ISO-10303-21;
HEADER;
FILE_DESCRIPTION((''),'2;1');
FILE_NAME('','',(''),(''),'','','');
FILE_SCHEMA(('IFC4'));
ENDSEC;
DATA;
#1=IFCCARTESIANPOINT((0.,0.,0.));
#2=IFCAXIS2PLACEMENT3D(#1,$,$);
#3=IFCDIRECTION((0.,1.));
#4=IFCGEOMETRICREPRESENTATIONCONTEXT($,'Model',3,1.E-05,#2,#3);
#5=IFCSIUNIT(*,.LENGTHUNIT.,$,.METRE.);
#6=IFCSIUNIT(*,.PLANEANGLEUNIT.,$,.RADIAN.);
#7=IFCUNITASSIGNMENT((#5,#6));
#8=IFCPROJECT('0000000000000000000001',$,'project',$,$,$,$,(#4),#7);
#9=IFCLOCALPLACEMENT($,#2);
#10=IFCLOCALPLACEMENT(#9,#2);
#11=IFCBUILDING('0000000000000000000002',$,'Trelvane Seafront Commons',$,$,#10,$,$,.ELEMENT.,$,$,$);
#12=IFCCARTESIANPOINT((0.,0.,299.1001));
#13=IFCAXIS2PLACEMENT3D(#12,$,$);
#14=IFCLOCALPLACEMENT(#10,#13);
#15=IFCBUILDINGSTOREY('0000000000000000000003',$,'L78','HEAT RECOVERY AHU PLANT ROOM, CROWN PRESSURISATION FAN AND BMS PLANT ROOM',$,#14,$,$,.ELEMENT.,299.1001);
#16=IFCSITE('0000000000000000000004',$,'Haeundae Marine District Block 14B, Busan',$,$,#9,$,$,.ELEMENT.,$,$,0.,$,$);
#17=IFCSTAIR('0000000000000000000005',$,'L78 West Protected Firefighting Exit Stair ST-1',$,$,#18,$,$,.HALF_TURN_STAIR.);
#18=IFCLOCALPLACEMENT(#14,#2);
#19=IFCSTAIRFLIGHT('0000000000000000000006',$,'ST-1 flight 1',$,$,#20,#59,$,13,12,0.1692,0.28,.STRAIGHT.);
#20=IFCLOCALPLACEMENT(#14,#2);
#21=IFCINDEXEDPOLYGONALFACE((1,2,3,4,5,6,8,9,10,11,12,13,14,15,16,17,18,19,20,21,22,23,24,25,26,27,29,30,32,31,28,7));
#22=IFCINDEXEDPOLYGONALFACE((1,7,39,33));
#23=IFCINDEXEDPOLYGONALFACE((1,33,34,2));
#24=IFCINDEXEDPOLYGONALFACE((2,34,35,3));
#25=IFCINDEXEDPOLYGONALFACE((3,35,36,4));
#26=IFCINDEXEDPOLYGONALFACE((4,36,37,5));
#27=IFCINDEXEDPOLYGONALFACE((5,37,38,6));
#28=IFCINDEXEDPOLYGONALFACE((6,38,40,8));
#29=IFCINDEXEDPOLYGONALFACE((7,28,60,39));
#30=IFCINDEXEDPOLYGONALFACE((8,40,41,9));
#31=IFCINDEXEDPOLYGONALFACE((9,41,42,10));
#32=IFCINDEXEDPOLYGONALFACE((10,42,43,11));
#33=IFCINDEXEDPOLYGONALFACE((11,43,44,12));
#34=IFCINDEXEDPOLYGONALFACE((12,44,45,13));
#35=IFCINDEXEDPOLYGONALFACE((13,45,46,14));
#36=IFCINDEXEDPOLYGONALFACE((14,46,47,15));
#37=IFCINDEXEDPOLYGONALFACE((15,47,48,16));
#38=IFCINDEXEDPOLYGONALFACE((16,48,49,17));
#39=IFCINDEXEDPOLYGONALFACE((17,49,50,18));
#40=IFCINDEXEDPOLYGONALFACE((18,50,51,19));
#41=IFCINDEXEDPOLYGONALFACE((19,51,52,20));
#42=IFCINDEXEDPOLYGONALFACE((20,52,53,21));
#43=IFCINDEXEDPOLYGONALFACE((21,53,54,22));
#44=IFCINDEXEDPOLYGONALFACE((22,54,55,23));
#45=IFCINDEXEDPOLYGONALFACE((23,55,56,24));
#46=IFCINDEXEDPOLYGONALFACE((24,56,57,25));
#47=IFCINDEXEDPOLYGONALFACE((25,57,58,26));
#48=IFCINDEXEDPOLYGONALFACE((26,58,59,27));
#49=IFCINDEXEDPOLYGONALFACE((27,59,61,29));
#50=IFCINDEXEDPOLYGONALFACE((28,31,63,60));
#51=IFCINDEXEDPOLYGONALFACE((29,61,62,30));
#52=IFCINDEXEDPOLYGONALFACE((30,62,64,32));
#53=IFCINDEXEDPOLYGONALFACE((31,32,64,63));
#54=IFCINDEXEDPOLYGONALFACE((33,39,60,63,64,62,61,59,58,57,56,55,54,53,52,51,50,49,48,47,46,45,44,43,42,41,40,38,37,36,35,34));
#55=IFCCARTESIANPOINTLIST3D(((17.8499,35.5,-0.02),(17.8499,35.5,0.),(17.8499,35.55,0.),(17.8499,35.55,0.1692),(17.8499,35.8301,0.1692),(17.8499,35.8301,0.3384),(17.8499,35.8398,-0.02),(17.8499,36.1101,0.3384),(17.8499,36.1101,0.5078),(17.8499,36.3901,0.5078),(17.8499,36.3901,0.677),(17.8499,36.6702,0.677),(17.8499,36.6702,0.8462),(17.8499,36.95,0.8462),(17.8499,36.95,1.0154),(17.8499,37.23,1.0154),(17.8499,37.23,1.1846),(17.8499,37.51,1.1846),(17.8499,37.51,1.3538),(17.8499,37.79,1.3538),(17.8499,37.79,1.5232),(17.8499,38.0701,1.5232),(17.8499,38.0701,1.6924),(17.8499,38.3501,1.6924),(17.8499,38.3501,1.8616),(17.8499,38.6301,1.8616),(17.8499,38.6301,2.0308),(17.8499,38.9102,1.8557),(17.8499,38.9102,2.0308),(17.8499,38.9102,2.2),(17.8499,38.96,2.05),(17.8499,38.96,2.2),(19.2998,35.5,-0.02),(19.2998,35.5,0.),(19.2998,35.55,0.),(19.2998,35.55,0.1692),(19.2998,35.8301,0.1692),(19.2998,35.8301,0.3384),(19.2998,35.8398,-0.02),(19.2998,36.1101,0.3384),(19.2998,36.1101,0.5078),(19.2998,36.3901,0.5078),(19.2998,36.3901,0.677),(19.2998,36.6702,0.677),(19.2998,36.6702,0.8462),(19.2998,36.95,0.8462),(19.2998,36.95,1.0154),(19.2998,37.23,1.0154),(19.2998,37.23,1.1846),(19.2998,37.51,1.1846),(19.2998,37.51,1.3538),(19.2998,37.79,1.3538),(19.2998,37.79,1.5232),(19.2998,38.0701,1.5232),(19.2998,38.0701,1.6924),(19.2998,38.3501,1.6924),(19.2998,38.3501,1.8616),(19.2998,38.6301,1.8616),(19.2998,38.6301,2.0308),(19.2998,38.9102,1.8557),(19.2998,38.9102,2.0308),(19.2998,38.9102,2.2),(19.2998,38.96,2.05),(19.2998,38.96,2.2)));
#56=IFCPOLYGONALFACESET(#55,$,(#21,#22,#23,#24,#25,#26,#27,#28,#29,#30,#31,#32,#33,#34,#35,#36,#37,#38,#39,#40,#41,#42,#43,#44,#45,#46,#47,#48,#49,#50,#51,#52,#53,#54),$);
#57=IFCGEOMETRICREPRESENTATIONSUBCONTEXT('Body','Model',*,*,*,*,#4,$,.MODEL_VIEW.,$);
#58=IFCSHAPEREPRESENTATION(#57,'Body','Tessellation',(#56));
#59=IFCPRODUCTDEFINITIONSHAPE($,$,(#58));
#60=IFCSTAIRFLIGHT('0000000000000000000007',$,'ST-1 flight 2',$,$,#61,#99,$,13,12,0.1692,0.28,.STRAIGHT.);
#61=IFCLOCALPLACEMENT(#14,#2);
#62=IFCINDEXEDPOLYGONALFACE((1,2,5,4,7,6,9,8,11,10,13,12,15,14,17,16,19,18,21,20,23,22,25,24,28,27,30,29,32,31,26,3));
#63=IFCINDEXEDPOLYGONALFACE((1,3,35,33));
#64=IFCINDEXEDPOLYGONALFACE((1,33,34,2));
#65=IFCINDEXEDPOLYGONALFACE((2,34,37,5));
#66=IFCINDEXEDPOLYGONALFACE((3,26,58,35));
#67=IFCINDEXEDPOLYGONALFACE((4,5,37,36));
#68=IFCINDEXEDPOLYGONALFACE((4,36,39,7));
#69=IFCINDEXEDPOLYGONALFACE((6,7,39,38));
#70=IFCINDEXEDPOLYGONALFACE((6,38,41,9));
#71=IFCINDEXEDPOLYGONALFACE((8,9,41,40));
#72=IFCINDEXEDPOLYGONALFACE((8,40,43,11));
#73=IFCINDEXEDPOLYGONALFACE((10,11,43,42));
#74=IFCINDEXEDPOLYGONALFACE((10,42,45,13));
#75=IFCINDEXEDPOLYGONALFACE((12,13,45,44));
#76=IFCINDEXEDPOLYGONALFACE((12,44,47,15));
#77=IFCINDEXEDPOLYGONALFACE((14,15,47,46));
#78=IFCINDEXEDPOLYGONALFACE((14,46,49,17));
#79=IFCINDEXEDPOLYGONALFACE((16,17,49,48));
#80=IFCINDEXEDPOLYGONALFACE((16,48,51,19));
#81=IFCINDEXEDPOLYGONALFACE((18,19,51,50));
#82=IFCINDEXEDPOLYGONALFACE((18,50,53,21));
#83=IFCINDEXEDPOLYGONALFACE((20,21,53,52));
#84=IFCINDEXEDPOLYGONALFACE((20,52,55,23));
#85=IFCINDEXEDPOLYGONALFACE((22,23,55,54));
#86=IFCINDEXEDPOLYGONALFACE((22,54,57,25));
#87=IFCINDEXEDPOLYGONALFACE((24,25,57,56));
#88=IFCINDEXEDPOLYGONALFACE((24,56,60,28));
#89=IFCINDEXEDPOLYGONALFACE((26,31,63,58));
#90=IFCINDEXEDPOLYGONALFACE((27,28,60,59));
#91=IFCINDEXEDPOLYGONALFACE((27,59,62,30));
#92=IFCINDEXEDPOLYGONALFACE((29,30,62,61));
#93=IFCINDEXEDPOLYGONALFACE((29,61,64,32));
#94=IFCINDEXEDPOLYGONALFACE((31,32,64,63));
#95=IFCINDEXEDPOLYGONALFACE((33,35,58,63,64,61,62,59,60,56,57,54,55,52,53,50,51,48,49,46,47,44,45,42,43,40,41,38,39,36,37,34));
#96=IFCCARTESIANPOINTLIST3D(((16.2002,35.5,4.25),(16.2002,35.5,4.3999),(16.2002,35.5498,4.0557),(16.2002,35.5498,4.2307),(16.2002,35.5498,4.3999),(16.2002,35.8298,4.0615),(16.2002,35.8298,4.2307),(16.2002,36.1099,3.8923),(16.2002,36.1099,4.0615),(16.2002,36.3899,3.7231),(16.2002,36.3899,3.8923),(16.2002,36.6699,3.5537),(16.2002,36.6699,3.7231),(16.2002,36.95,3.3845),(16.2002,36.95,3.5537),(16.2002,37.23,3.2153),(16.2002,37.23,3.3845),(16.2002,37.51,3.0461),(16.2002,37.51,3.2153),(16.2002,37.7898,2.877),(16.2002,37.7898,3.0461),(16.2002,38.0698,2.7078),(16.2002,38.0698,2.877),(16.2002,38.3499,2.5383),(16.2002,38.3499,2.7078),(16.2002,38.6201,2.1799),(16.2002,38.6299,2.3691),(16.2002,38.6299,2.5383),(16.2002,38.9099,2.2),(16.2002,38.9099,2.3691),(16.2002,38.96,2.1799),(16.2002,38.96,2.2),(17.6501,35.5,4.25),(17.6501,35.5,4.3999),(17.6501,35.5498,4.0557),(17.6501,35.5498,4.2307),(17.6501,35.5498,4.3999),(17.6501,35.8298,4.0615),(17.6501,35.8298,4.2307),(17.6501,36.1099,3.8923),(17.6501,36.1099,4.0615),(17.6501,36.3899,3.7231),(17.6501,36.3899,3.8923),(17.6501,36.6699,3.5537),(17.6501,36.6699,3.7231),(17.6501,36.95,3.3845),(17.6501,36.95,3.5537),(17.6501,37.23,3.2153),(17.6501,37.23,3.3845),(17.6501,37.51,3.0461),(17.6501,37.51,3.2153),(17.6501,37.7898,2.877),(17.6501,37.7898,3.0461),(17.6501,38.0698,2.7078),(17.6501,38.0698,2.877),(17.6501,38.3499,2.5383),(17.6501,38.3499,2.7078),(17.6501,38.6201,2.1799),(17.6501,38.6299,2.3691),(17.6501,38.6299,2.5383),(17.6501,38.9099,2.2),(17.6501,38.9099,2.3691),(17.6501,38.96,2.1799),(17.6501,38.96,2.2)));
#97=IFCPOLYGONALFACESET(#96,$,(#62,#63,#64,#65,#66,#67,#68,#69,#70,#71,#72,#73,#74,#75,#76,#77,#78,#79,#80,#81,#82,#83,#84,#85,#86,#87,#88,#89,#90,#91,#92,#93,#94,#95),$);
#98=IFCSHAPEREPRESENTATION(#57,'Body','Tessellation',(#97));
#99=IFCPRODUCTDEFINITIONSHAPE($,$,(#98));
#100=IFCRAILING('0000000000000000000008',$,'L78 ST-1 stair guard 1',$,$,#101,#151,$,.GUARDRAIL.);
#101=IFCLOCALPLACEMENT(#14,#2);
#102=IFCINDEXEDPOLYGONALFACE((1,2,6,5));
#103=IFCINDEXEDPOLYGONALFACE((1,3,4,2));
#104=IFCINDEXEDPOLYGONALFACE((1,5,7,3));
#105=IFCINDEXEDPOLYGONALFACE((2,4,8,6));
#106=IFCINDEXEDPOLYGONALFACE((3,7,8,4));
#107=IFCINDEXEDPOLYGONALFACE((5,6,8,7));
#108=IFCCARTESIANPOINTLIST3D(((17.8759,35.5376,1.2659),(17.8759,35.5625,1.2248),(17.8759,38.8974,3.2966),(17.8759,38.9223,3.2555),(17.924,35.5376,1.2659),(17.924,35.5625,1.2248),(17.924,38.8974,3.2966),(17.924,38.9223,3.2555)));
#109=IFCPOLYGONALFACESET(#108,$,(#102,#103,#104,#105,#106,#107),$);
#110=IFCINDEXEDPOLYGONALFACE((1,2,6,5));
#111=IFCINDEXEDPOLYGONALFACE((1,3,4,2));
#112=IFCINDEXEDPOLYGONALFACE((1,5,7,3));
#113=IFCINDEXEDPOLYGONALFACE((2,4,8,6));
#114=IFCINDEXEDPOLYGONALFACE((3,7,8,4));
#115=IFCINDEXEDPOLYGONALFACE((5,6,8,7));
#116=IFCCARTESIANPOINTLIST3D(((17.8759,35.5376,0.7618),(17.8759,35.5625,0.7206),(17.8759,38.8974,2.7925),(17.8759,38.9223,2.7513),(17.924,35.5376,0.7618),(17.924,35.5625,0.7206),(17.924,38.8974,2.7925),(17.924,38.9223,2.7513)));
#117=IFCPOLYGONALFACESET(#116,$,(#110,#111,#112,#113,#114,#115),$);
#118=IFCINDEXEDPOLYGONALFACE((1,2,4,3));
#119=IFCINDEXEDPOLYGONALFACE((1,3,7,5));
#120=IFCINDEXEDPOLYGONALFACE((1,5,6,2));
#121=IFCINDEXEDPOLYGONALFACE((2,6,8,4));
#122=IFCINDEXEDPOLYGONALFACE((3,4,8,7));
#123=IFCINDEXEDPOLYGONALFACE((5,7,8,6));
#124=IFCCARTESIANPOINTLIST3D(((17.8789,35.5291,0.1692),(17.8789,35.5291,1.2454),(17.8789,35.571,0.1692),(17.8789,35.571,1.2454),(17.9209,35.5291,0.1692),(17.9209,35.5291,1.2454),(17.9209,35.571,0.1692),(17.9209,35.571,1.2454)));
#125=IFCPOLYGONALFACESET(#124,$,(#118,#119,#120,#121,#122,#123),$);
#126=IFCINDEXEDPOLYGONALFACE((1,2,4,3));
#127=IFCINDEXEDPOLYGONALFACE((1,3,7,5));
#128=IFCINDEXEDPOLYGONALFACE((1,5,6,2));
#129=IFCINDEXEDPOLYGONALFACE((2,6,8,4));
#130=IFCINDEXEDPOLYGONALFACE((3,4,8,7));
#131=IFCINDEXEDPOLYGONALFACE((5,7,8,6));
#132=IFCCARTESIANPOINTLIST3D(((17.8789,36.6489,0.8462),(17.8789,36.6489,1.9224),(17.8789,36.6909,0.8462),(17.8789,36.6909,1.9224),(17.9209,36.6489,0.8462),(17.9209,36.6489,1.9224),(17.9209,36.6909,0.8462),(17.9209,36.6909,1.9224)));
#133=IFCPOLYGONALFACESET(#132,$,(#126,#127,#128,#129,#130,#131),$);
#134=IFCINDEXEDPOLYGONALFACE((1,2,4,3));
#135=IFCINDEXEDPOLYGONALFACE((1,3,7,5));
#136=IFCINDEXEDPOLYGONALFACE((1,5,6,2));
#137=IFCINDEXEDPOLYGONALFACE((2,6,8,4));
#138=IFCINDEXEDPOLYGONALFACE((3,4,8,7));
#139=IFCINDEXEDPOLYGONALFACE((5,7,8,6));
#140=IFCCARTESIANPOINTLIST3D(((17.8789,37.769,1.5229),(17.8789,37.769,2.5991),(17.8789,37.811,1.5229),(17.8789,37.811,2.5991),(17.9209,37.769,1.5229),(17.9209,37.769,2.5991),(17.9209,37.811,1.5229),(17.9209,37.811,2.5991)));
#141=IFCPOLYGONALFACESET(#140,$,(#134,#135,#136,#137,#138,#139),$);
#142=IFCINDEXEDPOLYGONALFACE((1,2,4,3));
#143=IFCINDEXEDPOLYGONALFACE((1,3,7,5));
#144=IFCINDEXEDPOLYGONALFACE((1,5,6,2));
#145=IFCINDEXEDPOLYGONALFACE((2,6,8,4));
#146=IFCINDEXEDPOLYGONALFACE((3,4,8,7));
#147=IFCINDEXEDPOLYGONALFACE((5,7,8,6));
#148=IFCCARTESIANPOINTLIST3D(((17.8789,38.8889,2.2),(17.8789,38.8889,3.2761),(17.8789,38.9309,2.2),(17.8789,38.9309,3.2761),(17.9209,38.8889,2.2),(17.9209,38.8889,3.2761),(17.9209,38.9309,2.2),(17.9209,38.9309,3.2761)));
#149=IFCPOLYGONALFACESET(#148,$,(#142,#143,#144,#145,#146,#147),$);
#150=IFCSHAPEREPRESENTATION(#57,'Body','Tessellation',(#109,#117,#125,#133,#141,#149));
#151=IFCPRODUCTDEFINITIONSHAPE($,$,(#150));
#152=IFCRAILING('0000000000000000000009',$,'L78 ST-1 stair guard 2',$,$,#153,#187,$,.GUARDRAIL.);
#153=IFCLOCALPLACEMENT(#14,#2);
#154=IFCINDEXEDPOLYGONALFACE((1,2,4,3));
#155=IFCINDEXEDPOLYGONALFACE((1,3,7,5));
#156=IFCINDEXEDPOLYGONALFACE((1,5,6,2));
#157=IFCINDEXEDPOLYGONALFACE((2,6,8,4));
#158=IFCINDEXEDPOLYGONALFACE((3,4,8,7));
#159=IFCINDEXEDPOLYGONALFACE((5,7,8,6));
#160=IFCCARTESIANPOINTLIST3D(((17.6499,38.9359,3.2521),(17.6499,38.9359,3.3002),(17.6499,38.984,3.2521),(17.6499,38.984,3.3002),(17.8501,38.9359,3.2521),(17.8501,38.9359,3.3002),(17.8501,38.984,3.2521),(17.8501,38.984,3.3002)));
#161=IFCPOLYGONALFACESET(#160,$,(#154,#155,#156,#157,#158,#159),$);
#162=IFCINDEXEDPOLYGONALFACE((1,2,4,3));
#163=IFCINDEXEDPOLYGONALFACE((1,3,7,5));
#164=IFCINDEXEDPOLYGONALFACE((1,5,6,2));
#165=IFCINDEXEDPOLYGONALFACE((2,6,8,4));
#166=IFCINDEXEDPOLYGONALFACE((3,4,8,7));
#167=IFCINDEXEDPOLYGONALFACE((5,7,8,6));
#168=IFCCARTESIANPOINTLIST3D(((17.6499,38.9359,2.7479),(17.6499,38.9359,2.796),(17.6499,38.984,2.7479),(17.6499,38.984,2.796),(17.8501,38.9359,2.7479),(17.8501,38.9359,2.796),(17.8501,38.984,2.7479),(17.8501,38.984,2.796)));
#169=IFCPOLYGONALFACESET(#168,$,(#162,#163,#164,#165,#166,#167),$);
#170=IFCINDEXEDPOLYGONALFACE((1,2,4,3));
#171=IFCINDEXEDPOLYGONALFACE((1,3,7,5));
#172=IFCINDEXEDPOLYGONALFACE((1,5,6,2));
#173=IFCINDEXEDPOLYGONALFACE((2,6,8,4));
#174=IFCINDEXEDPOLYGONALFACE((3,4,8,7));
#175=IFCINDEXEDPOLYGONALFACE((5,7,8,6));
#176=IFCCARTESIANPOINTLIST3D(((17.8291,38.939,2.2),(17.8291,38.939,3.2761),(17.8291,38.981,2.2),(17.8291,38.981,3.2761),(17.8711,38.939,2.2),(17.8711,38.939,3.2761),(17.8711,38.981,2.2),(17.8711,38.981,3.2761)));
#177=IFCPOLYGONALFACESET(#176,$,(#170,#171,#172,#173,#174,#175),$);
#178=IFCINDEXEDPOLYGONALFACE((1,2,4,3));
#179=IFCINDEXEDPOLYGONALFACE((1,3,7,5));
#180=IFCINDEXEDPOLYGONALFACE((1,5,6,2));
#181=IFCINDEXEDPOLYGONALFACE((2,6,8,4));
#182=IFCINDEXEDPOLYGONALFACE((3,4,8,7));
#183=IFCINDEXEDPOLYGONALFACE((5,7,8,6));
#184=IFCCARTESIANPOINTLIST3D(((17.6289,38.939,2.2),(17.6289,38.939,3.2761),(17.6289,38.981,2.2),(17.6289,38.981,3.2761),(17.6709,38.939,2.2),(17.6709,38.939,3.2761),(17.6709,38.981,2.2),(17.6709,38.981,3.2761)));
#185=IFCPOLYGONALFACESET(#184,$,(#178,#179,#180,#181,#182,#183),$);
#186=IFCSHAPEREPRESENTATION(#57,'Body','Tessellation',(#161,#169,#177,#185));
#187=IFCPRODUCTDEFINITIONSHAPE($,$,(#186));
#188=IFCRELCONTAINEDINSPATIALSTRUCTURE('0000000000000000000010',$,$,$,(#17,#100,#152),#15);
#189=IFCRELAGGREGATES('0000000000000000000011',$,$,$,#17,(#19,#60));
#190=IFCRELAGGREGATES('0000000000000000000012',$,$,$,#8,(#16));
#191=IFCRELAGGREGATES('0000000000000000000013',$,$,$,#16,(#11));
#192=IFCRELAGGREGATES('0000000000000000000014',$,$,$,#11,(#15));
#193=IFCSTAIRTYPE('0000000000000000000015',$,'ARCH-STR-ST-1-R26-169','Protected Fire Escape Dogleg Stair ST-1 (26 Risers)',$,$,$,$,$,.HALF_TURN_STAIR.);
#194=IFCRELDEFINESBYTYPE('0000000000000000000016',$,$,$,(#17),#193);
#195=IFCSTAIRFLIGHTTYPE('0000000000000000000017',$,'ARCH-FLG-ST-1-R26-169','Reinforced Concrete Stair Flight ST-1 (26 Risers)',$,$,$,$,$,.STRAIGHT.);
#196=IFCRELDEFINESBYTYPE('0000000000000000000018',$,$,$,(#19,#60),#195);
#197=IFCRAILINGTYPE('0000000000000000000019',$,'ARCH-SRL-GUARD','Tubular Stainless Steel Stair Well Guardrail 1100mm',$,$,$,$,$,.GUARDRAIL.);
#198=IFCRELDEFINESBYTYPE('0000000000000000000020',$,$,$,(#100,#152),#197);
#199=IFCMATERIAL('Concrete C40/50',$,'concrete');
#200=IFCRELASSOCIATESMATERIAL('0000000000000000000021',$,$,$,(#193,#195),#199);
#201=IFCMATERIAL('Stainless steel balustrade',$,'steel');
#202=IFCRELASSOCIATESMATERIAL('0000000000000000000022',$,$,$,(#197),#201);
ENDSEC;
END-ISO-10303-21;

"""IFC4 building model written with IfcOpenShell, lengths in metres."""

from ifc_helpers import new_model, si_unit, direction, frame, origin, origin_2d, place, context, subcontext, project, spatial, polyline, rectangle, outline, extrude, source, transform, mapped, material, type_object, element, aggregate, save


model = new_model("IFC4")

# Units and contexts
model_context = context("Model", 3, precision=1e-05, world=origin(), true_north=direction((0.0, 1.0)))
body_context = subcontext(model_context, "Body", "Model", "MODEL_VIEW")
ifc_project = project(units=[si_unit("LENGTHUNIT", "METRE"), si_unit("PLANEANGLEUNIT", "RADIAN")], contexts=[model_context])

# Site, building, storey
site_placement = place(None, origin())
site = spatial("IfcSite", under=ifc_project, at=site_placement, Name="Haeundae Marine District Block 14B, Busan", CompositionType="ELEMENT", RefElevation=0.0)
building_placement = place(site_placement, origin())
building = spatial("IfcBuilding", under=site, at=building_placement, Name="Trelvane Seafront Commons", CompositionType="ELEMENT")
storey_placement = place(building_placement, frame((0.0, 0.0, 299.1001)))
storey = spatial("IfcBuildingStorey", under=building, at=storey_placement, Name="L78", Description="HEAT RECOVERY AHU PLANT ROOM, CROWN PRESSURISATION FAN AND BMS PLANT ROOM", CompositionType="ELEMENT", Elevation=299.1001)

# Shared definitions
ifc_material_1 = material(Name="Concrete C40/50", Category="concrete")

# Shared definitions
ifc_material_2 = material(Name="Stainless steel balustrade", Category="steel")

# Stair, stair flights
stair_type = type_object("IfcStairType", Name="ARCH-STR-ST-1-R26-169", Description="Protected Fire Escape Dogleg Stair ST-1 (26 Risers)", PredefinedType="HALF_TURN_STAIR", material=ifc_material_1)
stair_placement = place(storey_placement, origin())
stair = element("IfcStair", 1, at=stair_placement, inside=storey, type_object=stair_type, Name="L78 West Protected Firefighting Exit Stair ST-1", PredefinedType="HALF_TURN_STAIR")
stair_flight_type = type_object("IfcStairFlightType", Name="ARCH-FLG-ST-1-R26-169", Description="Reinforced Concrete Stair Flight ST-1 (26 Risers)", PredefinedType="STRAIGHT", material=ifc_material_1)
shared_shape_1 = source(origin(), body_context, "Body", "SweptSolid", [
    extrude(outline(polyline([(-0.05, -0.02), (-0.05, 0.0), (0.0, 0.0), (0.0, 0.1692), (0.28, 0.1692), (0.28, 0.3384), (0.5601, 0.3384), (0.5601, 0.5078), (0.8401, 0.5078), (0.8401, 0.677), (1.1201, 0.677), (1.1201, 0.8462), (1.3999, 0.8462), (1.3999, 1.0154), (1.6799, 1.0154), (1.6799, 1.1846), (1.96, 1.1846), (1.96, 1.3538), (2.24, 1.3538), (2.24, 1.5232), (2.52, 1.5232), (2.52, 1.6924), (2.8, 1.6924), (2.8, 1.8616), (3.0801, 1.8616), (3.0801, 2.0308), (3.3601, 2.0308), (3.3601, 2.2), (3.4099, 2.2), (3.4099, 2.05), (3.3601, 1.8557), (0.2898, -0.02), (-0.05, -0.02)])), frame((0.0, 0.7251, 0.0), z_axis=(0.0, -1.0, 0.0), x_axis=(1.0, 0.0, 0.0)), (0.0, 0.0, 1.0), 1.45),
])
stair_flight_1_placement = place(storey_placement, frame((18.575, 35.55, 0.0), z_axis=(0.0, 0.0, 1.0), x_axis=(0.0, 1.0, 0.0)))
stair_flight_1 = element("IfcStairFlight", 2, at=stair_flight_1_placement, type_object=stair_flight_type, Name="ST-1 flight 1", NumberOfRisers=13, NumberOfTreads=12, PredefinedType="STRAIGHT", RiserHeight=0.1692, TreadLength=0.28, context=body_context, shape_type="MappedRepresentation", body=[
    mapped(shared_shape_1, transform((0.0, 0.0, 0.0), x_axis=(1.0, 0.0, 0.0), y_axis=(0.0, 1.0, 0.0), z_axis=(0.0, 0.0, 1.0), scale=1.0)),
])
stair_flight_2_placement = place(storey_placement, frame((16.925, 38.9099, 2.2), z_axis=(0.0, 0.0, 1.0), x_axis=(0.0, -1.0, 0.0)))
stair_flight_2 = element("IfcStairFlight", 3, at=stair_flight_2_placement, type_object=stair_flight_type, Name="ST-1 flight 2", NumberOfRisers=13, NumberOfTreads=12, PredefinedType="STRAIGHT", RiserHeight=0.1692, TreadLength=0.28, context=body_context, shape_type="MappedRepresentation", body=[
    mapped(shared_shape_1, transform((0.0, 0.0, 0.0), x_axis=(1.0, 0.0, 0.0), y_axis=(0.0, 1.0, 0.0), z_axis=(0.0, 0.0, 1.0), scale=1.0)),
])
aggregate(stair, [stair_flight_1, stair_flight_2])

# Railings
railing_type_1 = type_object("IfcRailingType", Name="ARCH-SRL-GUARD", Description="Tubular Stainless Steel Stair Well Guardrail 1100mm", PredefinedType="GUARDRAIL", material=ifc_material_2)
railing_1_placement = place(storey_placement, frame((17.8999, 35.55, 0.1692)))
element("IfcRailing", 4, at=railing_1_placement, inside=storey, type_object=railing_type_1, Name="L78 ST-1 stair guard 1", PredefinedType="GUARDRAIL", context=body_context, shape_type="SweptSolid", body=[
    extrude(rectangle(XDim=0.0481, YDim=0.0481, at=origin_2d()), frame((0.0, 0.0, 1.0762), z_axis=(0.0, 0.85582, 0.517273), x_axis=(-1.0, 0.0, 0.0)), (0.0, 0.0, 1.0), 3.9258),
    extrude(rectangle(XDim=0.0481, YDim=0.0481, at=origin_2d()), frame((0.0, 0.0, 0.572), z_axis=(0.0, 0.85582, 0.517273), x_axis=(-1.0, 0.0, 0.0)), (0.0, 0.0, 1.0), 3.9258),
    extrude(rectangle(XDim=0.042, YDim=0.042, at=origin_2d()), origin(), (0.0, 0.0, 1.0), 1.0762),
    extrude(rectangle(XDim=0.042, YDim=0.042, at=origin_2d()), frame((0.0, 1.1199, 0.677)), (0.0, 0.0, 1.0), 1.0762),
    extrude(rectangle(XDim=0.042, YDim=0.042, at=origin_2d()), frame((0.0, 2.24, 1.3538)), (0.0, 0.0, 1.0), 1.0762),
    extrude(rectangle(XDim=0.042, YDim=0.042, at=origin_2d()), frame((0.0, 3.3599, 2.0308)), (0.0, 0.0, 1.0), 1.0762),
])
railing_2_placement = place(storey_placement, frame((17.8501, 38.96, 2.2)))
element("IfcRailing", 5, at=railing_2_placement, inside=storey, type_object=railing_type_1, Name="L78 ST-1 stair guard 2", PredefinedType="GUARDRAIL", context=body_context, shape_type="SweptSolid", body=[
    extrude(rectangle(XDim=0.0481, YDim=0.0481, at=origin_2d()), frame((0.0, 0.0, 1.0762), z_axis=(-1.0, 0.0, 0.0), x_axis=(0.0, -1.0, 0.0)), (0.0, 0.0, 1.0), 0.2002),
    extrude(rectangle(XDim=0.0481, YDim=0.0481, at=origin_2d()), frame((0.0, 0.0, 0.572), z_axis=(-1.0, 0.0, 0.0), x_axis=(0.0, -1.0, 0.0)), (0.0, 0.0, 1.0), 0.2002),
    extrude(rectangle(XDim=0.042, YDim=0.042, at=origin_2d()), origin(), (0.0, 0.0, 1.0), 1.0762),
    extrude(rectangle(XDim=0.042, YDim=0.042, at=origin_2d()), frame((-0.2002, 0.0, 0.0)), (0.0, 0.0, 1.0), 1.0762),
])

save(model, "model.ifc")
